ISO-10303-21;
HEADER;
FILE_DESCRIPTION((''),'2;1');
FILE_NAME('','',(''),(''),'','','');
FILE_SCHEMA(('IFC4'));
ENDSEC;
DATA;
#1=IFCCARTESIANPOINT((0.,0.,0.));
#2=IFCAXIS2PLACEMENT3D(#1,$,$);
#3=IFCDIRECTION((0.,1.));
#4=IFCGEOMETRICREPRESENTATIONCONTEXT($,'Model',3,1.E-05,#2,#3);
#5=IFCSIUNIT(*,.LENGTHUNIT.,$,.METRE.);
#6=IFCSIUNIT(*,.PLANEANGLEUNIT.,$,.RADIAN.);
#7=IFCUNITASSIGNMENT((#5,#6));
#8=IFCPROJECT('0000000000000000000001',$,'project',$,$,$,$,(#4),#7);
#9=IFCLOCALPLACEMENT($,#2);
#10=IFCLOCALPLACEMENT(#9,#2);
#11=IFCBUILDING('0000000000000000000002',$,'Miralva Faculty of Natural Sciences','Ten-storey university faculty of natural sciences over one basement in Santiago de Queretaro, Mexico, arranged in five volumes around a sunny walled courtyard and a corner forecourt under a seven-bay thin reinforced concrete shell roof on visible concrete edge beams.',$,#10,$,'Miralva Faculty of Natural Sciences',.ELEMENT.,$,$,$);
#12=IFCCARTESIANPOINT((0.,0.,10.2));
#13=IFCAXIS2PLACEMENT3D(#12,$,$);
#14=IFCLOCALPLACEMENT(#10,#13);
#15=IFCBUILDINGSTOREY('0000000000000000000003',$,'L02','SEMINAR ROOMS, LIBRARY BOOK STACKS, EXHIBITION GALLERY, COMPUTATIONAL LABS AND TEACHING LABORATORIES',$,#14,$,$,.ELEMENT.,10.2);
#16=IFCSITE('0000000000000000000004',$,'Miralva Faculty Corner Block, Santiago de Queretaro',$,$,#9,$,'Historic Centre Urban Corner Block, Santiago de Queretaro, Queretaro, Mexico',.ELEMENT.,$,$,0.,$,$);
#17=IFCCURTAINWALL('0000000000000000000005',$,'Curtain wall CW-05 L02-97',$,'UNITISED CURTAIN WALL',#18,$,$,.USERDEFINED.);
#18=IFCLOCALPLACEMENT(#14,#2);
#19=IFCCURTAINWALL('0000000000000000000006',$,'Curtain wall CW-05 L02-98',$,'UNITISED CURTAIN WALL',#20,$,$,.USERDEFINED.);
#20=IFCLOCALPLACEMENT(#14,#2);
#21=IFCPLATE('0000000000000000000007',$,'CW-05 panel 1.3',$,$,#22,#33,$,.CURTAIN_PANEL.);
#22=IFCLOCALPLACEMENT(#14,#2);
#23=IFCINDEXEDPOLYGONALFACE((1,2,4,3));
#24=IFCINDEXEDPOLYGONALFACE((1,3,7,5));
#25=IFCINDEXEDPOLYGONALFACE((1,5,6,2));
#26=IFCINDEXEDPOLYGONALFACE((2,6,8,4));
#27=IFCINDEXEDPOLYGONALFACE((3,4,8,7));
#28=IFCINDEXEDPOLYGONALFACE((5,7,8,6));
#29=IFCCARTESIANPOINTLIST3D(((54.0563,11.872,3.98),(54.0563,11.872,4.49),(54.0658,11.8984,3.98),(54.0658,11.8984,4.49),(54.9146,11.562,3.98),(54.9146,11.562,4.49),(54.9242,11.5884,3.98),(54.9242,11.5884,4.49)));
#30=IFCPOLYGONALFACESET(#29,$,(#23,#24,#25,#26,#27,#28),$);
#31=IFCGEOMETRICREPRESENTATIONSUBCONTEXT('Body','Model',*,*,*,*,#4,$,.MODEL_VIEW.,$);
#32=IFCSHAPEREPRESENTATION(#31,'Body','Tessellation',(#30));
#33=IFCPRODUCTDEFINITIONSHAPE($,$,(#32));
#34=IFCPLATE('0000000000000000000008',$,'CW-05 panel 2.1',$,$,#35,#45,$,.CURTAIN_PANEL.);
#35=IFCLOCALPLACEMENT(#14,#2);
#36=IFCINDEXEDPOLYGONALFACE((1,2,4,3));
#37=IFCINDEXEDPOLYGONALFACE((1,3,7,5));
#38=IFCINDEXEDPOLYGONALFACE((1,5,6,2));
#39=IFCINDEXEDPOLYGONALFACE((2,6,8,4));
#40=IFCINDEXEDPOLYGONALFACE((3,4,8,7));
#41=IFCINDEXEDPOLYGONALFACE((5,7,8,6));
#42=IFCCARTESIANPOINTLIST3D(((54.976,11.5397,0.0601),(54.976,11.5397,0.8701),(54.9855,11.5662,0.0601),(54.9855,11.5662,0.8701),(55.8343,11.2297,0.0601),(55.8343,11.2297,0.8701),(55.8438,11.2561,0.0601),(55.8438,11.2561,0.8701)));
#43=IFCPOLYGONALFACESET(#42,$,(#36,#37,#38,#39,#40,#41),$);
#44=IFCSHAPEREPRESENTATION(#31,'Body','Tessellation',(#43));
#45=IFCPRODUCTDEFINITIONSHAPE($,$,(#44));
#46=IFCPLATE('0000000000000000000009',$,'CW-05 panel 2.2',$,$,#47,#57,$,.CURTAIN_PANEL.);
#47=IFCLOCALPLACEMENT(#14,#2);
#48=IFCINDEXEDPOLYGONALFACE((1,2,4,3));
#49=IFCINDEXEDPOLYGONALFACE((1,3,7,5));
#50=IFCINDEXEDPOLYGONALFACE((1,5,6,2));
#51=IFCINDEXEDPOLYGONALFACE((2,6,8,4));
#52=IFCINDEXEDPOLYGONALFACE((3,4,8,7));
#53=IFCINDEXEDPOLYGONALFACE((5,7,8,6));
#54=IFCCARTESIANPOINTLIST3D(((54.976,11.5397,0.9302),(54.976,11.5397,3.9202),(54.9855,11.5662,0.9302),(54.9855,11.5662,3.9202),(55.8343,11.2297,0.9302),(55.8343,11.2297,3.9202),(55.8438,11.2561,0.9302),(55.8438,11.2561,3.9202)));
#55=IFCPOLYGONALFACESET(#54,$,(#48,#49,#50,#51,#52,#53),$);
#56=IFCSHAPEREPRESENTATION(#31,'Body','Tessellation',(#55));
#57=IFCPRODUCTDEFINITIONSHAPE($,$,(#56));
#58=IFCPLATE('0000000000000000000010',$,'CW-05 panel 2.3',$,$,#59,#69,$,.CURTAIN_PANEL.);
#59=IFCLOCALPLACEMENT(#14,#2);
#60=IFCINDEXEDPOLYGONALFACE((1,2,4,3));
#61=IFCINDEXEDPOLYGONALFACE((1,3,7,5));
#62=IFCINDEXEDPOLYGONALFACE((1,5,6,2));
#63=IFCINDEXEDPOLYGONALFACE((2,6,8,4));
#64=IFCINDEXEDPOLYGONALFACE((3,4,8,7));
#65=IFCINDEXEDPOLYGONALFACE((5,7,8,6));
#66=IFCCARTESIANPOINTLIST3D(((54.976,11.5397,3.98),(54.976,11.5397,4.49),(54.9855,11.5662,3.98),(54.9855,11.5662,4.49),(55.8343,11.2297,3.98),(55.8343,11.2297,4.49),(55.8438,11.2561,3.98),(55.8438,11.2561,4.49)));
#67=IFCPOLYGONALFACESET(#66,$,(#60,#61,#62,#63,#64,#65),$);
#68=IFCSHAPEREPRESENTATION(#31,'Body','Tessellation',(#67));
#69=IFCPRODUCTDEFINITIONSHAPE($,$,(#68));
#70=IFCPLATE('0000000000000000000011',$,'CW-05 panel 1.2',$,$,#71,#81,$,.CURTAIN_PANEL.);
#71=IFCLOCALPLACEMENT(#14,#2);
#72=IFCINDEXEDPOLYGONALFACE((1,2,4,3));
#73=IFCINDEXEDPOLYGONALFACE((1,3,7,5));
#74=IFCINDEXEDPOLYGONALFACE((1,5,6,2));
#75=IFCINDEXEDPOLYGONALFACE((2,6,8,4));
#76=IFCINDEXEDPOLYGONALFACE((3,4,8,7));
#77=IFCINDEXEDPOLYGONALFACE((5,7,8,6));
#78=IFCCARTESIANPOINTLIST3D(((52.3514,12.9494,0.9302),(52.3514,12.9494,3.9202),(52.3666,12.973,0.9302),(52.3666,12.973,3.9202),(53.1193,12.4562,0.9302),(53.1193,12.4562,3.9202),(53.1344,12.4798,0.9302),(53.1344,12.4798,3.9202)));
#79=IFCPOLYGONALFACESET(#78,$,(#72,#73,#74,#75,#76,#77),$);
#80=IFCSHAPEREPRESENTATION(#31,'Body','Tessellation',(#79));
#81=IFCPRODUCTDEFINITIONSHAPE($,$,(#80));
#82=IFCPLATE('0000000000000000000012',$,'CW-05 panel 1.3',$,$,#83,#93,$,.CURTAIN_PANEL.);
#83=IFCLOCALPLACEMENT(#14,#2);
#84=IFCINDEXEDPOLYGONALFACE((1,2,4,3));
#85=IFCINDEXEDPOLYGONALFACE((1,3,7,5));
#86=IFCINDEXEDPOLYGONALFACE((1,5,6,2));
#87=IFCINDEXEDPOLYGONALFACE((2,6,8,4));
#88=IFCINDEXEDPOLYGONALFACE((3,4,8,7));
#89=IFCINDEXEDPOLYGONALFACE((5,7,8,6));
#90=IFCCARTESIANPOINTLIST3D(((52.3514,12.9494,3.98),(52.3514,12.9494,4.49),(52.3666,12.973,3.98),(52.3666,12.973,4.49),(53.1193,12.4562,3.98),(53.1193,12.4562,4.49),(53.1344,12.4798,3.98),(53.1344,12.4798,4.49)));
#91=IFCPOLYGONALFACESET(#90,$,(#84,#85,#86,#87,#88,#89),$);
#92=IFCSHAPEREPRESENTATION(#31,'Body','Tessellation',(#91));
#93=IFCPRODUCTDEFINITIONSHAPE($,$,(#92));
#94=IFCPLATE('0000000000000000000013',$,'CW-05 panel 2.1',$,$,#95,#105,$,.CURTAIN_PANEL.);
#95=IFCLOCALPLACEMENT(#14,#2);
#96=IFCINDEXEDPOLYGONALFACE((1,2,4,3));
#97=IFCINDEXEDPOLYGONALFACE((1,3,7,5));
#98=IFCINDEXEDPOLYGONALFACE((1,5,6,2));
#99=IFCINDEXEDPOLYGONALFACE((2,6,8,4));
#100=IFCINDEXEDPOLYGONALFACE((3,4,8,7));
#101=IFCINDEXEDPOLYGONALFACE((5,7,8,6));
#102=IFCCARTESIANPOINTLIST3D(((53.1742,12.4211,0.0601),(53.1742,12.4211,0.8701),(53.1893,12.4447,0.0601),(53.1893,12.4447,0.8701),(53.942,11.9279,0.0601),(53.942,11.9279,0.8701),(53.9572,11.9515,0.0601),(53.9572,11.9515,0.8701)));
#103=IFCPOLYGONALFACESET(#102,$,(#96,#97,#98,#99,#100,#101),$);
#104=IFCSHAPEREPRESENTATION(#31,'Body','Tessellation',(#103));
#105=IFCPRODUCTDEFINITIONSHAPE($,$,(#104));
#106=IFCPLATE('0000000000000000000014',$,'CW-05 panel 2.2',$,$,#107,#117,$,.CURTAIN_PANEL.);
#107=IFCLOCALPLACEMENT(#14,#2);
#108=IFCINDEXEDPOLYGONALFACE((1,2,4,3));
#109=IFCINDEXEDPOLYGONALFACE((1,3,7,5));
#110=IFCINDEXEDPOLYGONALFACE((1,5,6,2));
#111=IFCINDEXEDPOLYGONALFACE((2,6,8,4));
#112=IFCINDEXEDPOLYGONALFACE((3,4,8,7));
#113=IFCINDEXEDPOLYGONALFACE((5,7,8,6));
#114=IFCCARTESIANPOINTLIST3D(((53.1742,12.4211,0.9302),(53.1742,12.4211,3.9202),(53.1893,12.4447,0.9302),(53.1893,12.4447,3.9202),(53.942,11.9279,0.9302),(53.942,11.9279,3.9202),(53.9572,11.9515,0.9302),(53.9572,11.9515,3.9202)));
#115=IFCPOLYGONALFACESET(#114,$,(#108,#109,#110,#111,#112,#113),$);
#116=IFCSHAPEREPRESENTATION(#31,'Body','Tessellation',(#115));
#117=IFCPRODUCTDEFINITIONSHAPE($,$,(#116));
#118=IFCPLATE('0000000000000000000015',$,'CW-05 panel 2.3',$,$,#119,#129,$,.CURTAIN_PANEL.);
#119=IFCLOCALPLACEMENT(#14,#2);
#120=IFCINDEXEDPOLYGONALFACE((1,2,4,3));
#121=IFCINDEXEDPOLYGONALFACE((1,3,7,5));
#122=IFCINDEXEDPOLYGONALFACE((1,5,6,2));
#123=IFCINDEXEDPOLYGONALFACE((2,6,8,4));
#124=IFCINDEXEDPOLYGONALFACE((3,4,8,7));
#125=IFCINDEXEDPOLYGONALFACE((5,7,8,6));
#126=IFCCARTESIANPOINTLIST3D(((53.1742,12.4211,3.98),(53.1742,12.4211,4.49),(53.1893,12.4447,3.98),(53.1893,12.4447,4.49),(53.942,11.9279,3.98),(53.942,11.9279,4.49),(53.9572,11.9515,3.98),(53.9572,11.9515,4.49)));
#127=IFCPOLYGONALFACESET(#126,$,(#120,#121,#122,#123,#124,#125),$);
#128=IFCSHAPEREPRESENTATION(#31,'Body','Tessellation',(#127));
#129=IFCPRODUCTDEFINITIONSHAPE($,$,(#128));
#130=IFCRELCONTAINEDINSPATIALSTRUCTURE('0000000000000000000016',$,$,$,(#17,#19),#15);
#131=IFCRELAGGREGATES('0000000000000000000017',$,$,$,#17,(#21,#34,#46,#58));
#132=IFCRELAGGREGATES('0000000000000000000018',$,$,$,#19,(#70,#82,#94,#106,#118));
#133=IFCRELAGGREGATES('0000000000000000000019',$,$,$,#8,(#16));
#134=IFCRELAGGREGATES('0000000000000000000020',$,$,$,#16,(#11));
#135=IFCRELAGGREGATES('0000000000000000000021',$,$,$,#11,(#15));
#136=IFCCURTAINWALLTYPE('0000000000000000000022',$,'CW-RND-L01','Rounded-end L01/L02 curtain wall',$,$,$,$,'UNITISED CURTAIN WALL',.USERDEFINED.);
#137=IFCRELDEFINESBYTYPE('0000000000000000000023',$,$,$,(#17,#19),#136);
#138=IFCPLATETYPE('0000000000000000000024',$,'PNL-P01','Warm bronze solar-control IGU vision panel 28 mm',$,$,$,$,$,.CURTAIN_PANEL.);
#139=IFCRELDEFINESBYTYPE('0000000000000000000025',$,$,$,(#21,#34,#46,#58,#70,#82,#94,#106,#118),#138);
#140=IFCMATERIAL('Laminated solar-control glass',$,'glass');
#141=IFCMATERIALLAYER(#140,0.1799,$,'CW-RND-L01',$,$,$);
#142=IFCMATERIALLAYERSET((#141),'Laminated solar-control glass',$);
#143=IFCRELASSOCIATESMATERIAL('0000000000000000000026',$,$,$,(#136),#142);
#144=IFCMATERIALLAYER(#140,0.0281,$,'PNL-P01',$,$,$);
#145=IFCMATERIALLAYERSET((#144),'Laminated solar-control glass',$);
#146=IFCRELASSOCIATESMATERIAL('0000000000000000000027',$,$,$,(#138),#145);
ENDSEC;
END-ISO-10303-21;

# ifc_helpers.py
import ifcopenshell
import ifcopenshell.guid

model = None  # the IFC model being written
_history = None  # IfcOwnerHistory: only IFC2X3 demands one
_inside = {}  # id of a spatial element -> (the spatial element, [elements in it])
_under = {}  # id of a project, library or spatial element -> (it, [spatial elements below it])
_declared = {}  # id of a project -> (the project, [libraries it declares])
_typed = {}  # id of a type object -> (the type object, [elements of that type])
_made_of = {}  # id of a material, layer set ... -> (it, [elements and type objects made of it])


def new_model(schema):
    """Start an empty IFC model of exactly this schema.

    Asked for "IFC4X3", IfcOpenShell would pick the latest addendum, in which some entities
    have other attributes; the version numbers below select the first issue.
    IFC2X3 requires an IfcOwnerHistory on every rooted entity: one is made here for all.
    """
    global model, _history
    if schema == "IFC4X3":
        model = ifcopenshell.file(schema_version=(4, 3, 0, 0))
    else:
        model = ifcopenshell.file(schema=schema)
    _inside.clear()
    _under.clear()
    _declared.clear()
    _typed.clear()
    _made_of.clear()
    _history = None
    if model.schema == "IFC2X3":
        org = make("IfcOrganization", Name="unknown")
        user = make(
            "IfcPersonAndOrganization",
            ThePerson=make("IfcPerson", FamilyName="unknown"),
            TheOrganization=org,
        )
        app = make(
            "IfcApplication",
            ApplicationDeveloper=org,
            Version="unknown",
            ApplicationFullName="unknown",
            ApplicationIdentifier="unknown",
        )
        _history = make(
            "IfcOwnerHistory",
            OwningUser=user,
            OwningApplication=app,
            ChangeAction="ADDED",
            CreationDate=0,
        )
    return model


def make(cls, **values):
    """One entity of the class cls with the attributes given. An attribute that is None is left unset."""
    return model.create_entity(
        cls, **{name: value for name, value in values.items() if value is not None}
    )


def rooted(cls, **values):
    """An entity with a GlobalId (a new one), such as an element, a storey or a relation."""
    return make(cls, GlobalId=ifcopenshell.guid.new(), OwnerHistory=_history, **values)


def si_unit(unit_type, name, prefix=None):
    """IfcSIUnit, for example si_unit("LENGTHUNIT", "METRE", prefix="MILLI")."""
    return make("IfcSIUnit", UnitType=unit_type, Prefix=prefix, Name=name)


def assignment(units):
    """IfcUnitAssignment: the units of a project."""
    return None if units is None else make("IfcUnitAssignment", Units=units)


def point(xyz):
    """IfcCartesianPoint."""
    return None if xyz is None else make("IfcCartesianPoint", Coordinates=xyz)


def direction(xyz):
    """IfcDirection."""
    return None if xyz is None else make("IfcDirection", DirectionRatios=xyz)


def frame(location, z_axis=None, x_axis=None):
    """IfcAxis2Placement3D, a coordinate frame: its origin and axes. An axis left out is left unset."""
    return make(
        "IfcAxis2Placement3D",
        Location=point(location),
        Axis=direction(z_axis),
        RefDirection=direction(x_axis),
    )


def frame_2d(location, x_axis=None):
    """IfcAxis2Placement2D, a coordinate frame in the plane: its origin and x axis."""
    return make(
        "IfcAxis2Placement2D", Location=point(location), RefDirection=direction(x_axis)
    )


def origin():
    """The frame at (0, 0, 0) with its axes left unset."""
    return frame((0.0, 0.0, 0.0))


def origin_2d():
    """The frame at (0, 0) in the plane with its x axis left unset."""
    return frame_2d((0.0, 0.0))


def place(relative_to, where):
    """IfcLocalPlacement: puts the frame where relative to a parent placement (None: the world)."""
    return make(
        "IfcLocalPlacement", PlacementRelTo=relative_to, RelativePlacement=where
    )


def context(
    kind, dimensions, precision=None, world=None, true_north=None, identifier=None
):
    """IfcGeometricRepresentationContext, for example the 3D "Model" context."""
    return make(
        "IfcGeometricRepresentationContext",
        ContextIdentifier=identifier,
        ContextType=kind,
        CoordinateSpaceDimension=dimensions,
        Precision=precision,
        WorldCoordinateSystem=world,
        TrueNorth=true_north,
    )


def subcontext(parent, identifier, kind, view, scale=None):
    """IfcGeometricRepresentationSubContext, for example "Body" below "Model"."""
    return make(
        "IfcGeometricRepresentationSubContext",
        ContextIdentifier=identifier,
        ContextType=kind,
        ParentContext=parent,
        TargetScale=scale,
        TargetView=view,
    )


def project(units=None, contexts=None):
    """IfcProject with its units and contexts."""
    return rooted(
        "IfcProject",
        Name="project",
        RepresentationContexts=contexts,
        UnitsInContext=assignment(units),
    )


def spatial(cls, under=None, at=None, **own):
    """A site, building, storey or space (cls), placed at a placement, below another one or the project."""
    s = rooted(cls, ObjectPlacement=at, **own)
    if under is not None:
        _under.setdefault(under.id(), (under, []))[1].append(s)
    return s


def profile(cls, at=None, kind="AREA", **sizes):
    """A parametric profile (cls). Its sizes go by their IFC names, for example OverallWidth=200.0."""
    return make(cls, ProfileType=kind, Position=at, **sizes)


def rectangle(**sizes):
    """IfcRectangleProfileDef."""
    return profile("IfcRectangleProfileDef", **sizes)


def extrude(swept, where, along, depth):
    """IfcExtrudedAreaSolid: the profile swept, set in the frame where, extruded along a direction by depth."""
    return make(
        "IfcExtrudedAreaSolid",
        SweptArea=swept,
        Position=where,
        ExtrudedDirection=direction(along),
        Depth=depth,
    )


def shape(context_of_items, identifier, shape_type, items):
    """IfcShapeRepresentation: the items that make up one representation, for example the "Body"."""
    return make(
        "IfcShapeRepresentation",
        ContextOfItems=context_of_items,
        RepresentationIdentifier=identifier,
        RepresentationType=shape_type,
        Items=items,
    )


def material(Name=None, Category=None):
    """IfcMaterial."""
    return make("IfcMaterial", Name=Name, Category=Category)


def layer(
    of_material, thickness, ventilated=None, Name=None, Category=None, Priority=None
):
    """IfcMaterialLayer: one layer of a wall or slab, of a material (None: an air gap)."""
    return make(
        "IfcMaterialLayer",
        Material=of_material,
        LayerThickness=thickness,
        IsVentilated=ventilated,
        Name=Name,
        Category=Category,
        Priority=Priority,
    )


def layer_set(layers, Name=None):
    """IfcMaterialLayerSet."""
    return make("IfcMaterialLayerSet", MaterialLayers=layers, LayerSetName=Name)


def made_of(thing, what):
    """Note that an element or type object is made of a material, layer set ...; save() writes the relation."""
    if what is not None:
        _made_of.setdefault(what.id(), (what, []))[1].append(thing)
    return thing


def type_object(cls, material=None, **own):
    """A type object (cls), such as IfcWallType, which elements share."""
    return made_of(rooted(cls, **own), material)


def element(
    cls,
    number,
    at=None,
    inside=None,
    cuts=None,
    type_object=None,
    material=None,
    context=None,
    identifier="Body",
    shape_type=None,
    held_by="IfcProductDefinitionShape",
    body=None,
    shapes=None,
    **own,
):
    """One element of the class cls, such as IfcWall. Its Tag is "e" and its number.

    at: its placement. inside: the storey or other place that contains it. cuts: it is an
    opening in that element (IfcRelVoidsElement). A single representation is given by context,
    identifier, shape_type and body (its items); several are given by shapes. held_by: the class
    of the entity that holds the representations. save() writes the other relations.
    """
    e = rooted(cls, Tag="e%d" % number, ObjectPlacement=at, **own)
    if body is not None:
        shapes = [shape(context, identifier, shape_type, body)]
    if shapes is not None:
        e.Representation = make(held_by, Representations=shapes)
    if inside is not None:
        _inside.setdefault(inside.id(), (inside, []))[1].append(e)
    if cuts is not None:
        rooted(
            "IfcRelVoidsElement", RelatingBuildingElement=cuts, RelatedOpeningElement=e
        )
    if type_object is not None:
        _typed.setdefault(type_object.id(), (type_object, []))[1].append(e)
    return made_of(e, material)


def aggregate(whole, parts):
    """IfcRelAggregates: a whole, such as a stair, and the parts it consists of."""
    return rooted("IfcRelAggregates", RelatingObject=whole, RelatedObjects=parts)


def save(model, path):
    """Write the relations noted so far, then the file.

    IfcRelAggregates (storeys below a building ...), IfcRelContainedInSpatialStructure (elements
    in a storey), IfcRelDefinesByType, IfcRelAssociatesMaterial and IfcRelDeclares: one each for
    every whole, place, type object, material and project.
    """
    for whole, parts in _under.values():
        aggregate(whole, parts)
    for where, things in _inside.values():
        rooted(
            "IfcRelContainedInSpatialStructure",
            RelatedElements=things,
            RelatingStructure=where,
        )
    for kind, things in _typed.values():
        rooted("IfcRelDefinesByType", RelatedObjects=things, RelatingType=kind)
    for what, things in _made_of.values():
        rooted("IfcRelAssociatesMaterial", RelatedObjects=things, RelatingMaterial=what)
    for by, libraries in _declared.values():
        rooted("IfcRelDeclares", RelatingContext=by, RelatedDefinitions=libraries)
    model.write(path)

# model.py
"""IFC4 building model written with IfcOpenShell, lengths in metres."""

from ifc_helpers import new_model, si_unit, direction, frame, origin, origin_2d, place, context, subcontext, project, spatial, rectangle, extrude, material, layer, layer_set, type_object, element, aggregate, save


model = new_model("IFC4")

# Units and contexts
model_context = context("Model", 3, precision=1e-05, world=origin(), true_north=direction((0.0, 1.0)))
body_context = subcontext(model_context, "Body", "Model", "MODEL_VIEW")
ifc_project = project(units=[si_unit("LENGTHUNIT", "METRE"), si_unit("PLANEANGLEUNIT", "RADIAN")], contexts=[model_context])

# Site, building, storey
site_placement = place(None, origin())
site = spatial("IfcSite", under=ifc_project, at=site_placement, Name="Miralva Faculty Corner Block, Santiago de Queretaro", LongName="Historic Centre Urban Corner Block, Santiago de Queretaro, Queretaro, Mexico", CompositionType="ELEMENT", RefElevation=0.0)
building_placement = place(site_placement, origin())
building = spatial("IfcBuilding", under=site, at=building_placement, Name="Miralva Faculty of Natural Sciences", Description="Ten-storey university faculty of natural sciences over one basement in Santiago de Queretaro, Mexico, arranged in five volumes around a sunny walled courtyard and a corner forecourt under a seven-bay thin reinforced concrete shell roof on visible concrete edge beams.", LongName="Miralva Faculty of Natural Sciences", CompositionType="ELEMENT")
storey_placement = place(building_placement, frame((0.0, 0.0, 10.2)))
storey = spatial("IfcBuildingStorey", under=building, at=storey_placement, Name="L02", Description="SEMINAR ROOMS, LIBRARY BOOK STACKS, EXHIBITION GALLERY, COMPUTATIONAL LABS AND TEACHING LABORATORIES", CompositionType="ELEMENT", Elevation=10.2)

# Curtain walls
ifc_material_1 = material(Name="Laminated solar-control glass", Category="glass")
ifc_layer_1 = layer(ifc_material_1, 0.1799, Name="CW-RND-L01")
ifc_layer_set_1 = layer_set([ifc_layer_1], Name="Laminated solar-control glass")
curtain_wall_type = type_object("IfcCurtainWallType", Name="CW-RND-L01", Description="Rounded-end L01/L02 curtain wall", ElementType="UNITISED CURTAIN WALL", PredefinedType="USERDEFINED", material=ifc_layer_set_1)
curtain_wall_1_placement = place(storey_placement, origin())
curtain_wall_1 = element("IfcCurtainWall", 1, at=curtain_wall_1_placement, inside=storey, type_object=curtain_wall_type, Name="Curtain wall CW-05 L02-97", ObjectType="UNITISED CURTAIN WALL", PredefinedType="USERDEFINED")
curtain_wall_2_placement = place(storey_placement, origin())
curtain_wall_2 = element("IfcCurtainWall", 2, at=curtain_wall_2_placement, inside=storey, type_object=curtain_wall_type, Name="Curtain wall CW-05 L02-98", ObjectType="UNITISED CURTAIN WALL", PredefinedType="USERDEFINED")

# Plates
ifc_layer_2 = layer(ifc_material_1, 0.0281, Name="PNL-P01")
ifc_layer_set_2 = layer_set([ifc_layer_2], Name="Laminated solar-control glass")
plate_type = type_object("IfcPlateType", Name="PNL-P01", Description="Warm bronze solar-control IGU vision panel 28 mm", PredefinedType="CURTAIN_PANEL", material=ifc_layer_set_2)
plate_1_placement = place(storey_placement, frame((54.4902, 11.7302, 3.98), z_axis=(0.0, 0.0, 1.0), x_axis=(0.940535, -0.339696, 0.0)))
plate_1 = element("IfcPlate", 3, at=plate_1_placement, type_object=plate_type, Name="CW-05 panel 1.3", PredefinedType="CURTAIN_PANEL", context=body_context, shape_type="SweptSolid", body=[
    extrude(rectangle(XDim=0.9126, YDim=0.0281, at=origin_2d()), origin(), (0.0, 0.0, 1.0), 0.51),
])
plate_2_placement = place(storey_placement, frame((55.4099, 11.3979, 0.0601), z_axis=(0.0, 0.0, 1.0), x_axis=(0.940535, -0.339696, 0.0)))
plate_2 = element("IfcPlate", 4, at=plate_2_placement, type_object=plate_type, Name="CW-05 panel 2.1", PredefinedType="CURTAIN_PANEL", context=body_context, shape_type="SweptSolid", body=[
    extrude(rectangle(XDim=0.9126, YDim=0.0281, at=origin_2d()), origin(), (0.0, 0.0, 1.0), 0.8101),
])
plate_3_placement = place(storey_placement, frame((55.4099, 11.3979, 0.9302), z_axis=(0.0, 0.0, 1.0), x_axis=(0.940535, -0.339696, 0.0)))
plate_3 = element("IfcPlate", 5, at=plate_3_placement, type_object=plate_type, Name="CW-05 panel 2.2", PredefinedType="CURTAIN_PANEL", context=body_context, shape_type="SweptSolid", body=[
    extrude(rectangle(XDim=0.9126, YDim=0.0281, at=origin_2d()), origin(), (0.0, 0.0, 1.0), 2.99),
])
plate_4_placement = place(storey_placement, frame((55.4099, 11.3979, 3.98), z_axis=(0.0, 0.0, 1.0), x_axis=(0.940535, -0.339696, 0.0)))
plate_4 = element("IfcPlate", 6, at=plate_4_placement, type_object=plate_type, Name="CW-05 panel 2.3", PredefinedType="CURTAIN_PANEL", context=body_context, shape_type="SweptSolid", body=[
    extrude(rectangle(XDim=0.9126, YDim=0.0281, at=origin_2d()), origin(), (0.0, 0.0, 1.0), 0.51),
])
aggregate(curtain_wall_1, [plate_1, plate_2, plate_3, plate_4])
plate_5_placement = place(storey_placement, frame((52.7429, 12.7146, 0.9302), z_axis=(0.0, 0.0, 1.0), x_axis=(0.841379, -0.540445, 0.0)))
plate_5 = element("IfcPlate", 7, at=plate_5_placement, type_object=plate_type, Name="CW-05 panel 1.2", PredefinedType="CURTAIN_PANEL", context=body_context, shape_type="SweptSolid", body=[
    extrude(rectangle(XDim=0.9126, YDim=0.0281, at=origin_2d()), origin(), (0.0, 0.0, 1.0), 2.99),
])
plate_6_placement = place(storey_placement, frame((52.7429, 12.7146, 3.98), z_axis=(0.0, 0.0, 1.0), x_axis=(0.841379, -0.540445, 0.0)))
plate_6 = element("IfcPlate", 8, at=plate_6_placement, type_object=plate_type, Name="CW-05 panel 1.3", PredefinedType="CURTAIN_PANEL", context=body_context, shape_type="SweptSolid", body=[
    extrude(rectangle(XDim=0.9126, YDim=0.0281, at=origin_2d()), origin(), (0.0, 0.0, 1.0), 0.51),
])
plate_7_placement = place(storey_placement, frame((53.5657, 12.1863, 0.0601), z_axis=(0.0, 0.0, 1.0), x_axis=(0.841379, -0.540445, 0.0)))
plate_7 = element("IfcPlate", 9, at=plate_7_placement, type_object=plate_type, Name="CW-05 panel 2.1", PredefinedType="CURTAIN_PANEL", context=body_context, shape_type="SweptSolid", body=[
    extrude(rectangle(XDim=0.9126, YDim=0.0281, at=origin_2d()), origin(), (0.0, 0.0, 1.0), 0.8101),
])
plate_8_placement = place(storey_placement, frame((53.5657, 12.1863, 0.9302), z_axis=(0.0, 0.0, 1.0), x_axis=(0.841379, -0.540445, 0.0)))
plate_8 = element("IfcPlate", 10, at=plate_8_placement, type_object=plate_type, Name="CW-05 panel 2.2", PredefinedType="CURTAIN_PANEL", context=body_context, shape_type="SweptSolid", body=[
    extrude(rectangle(XDim=0.9126, YDim=0.0281, at=origin_2d()), origin(), (0.0, 0.0, 1.0), 2.99),
])
plate_9_placement = place(storey_placement, frame((53.5657, 12.1863, 3.98), z_axis=(0.0, 0.0, 1.0), x_axis=(0.841379, -0.540445, 0.0)))
plate_9 = element("IfcPlate", 11, at=plate_9_placement, type_object=plate_type, Name="CW-05 panel 2.3", PredefinedType="CURTAIN_PANEL", context=body_context, shape_type="SweptSolid", body=[
    extrude(rectangle(XDim=0.9126, YDim=0.0281, at=origin_2d()), origin(), (0.0, 0.0, 1.0), 0.51),
])
aggregate(curtain_wall_2, [plate_5, plate_6, plate_7, plate_8, plate_9])

save(model, "model.ifc")
